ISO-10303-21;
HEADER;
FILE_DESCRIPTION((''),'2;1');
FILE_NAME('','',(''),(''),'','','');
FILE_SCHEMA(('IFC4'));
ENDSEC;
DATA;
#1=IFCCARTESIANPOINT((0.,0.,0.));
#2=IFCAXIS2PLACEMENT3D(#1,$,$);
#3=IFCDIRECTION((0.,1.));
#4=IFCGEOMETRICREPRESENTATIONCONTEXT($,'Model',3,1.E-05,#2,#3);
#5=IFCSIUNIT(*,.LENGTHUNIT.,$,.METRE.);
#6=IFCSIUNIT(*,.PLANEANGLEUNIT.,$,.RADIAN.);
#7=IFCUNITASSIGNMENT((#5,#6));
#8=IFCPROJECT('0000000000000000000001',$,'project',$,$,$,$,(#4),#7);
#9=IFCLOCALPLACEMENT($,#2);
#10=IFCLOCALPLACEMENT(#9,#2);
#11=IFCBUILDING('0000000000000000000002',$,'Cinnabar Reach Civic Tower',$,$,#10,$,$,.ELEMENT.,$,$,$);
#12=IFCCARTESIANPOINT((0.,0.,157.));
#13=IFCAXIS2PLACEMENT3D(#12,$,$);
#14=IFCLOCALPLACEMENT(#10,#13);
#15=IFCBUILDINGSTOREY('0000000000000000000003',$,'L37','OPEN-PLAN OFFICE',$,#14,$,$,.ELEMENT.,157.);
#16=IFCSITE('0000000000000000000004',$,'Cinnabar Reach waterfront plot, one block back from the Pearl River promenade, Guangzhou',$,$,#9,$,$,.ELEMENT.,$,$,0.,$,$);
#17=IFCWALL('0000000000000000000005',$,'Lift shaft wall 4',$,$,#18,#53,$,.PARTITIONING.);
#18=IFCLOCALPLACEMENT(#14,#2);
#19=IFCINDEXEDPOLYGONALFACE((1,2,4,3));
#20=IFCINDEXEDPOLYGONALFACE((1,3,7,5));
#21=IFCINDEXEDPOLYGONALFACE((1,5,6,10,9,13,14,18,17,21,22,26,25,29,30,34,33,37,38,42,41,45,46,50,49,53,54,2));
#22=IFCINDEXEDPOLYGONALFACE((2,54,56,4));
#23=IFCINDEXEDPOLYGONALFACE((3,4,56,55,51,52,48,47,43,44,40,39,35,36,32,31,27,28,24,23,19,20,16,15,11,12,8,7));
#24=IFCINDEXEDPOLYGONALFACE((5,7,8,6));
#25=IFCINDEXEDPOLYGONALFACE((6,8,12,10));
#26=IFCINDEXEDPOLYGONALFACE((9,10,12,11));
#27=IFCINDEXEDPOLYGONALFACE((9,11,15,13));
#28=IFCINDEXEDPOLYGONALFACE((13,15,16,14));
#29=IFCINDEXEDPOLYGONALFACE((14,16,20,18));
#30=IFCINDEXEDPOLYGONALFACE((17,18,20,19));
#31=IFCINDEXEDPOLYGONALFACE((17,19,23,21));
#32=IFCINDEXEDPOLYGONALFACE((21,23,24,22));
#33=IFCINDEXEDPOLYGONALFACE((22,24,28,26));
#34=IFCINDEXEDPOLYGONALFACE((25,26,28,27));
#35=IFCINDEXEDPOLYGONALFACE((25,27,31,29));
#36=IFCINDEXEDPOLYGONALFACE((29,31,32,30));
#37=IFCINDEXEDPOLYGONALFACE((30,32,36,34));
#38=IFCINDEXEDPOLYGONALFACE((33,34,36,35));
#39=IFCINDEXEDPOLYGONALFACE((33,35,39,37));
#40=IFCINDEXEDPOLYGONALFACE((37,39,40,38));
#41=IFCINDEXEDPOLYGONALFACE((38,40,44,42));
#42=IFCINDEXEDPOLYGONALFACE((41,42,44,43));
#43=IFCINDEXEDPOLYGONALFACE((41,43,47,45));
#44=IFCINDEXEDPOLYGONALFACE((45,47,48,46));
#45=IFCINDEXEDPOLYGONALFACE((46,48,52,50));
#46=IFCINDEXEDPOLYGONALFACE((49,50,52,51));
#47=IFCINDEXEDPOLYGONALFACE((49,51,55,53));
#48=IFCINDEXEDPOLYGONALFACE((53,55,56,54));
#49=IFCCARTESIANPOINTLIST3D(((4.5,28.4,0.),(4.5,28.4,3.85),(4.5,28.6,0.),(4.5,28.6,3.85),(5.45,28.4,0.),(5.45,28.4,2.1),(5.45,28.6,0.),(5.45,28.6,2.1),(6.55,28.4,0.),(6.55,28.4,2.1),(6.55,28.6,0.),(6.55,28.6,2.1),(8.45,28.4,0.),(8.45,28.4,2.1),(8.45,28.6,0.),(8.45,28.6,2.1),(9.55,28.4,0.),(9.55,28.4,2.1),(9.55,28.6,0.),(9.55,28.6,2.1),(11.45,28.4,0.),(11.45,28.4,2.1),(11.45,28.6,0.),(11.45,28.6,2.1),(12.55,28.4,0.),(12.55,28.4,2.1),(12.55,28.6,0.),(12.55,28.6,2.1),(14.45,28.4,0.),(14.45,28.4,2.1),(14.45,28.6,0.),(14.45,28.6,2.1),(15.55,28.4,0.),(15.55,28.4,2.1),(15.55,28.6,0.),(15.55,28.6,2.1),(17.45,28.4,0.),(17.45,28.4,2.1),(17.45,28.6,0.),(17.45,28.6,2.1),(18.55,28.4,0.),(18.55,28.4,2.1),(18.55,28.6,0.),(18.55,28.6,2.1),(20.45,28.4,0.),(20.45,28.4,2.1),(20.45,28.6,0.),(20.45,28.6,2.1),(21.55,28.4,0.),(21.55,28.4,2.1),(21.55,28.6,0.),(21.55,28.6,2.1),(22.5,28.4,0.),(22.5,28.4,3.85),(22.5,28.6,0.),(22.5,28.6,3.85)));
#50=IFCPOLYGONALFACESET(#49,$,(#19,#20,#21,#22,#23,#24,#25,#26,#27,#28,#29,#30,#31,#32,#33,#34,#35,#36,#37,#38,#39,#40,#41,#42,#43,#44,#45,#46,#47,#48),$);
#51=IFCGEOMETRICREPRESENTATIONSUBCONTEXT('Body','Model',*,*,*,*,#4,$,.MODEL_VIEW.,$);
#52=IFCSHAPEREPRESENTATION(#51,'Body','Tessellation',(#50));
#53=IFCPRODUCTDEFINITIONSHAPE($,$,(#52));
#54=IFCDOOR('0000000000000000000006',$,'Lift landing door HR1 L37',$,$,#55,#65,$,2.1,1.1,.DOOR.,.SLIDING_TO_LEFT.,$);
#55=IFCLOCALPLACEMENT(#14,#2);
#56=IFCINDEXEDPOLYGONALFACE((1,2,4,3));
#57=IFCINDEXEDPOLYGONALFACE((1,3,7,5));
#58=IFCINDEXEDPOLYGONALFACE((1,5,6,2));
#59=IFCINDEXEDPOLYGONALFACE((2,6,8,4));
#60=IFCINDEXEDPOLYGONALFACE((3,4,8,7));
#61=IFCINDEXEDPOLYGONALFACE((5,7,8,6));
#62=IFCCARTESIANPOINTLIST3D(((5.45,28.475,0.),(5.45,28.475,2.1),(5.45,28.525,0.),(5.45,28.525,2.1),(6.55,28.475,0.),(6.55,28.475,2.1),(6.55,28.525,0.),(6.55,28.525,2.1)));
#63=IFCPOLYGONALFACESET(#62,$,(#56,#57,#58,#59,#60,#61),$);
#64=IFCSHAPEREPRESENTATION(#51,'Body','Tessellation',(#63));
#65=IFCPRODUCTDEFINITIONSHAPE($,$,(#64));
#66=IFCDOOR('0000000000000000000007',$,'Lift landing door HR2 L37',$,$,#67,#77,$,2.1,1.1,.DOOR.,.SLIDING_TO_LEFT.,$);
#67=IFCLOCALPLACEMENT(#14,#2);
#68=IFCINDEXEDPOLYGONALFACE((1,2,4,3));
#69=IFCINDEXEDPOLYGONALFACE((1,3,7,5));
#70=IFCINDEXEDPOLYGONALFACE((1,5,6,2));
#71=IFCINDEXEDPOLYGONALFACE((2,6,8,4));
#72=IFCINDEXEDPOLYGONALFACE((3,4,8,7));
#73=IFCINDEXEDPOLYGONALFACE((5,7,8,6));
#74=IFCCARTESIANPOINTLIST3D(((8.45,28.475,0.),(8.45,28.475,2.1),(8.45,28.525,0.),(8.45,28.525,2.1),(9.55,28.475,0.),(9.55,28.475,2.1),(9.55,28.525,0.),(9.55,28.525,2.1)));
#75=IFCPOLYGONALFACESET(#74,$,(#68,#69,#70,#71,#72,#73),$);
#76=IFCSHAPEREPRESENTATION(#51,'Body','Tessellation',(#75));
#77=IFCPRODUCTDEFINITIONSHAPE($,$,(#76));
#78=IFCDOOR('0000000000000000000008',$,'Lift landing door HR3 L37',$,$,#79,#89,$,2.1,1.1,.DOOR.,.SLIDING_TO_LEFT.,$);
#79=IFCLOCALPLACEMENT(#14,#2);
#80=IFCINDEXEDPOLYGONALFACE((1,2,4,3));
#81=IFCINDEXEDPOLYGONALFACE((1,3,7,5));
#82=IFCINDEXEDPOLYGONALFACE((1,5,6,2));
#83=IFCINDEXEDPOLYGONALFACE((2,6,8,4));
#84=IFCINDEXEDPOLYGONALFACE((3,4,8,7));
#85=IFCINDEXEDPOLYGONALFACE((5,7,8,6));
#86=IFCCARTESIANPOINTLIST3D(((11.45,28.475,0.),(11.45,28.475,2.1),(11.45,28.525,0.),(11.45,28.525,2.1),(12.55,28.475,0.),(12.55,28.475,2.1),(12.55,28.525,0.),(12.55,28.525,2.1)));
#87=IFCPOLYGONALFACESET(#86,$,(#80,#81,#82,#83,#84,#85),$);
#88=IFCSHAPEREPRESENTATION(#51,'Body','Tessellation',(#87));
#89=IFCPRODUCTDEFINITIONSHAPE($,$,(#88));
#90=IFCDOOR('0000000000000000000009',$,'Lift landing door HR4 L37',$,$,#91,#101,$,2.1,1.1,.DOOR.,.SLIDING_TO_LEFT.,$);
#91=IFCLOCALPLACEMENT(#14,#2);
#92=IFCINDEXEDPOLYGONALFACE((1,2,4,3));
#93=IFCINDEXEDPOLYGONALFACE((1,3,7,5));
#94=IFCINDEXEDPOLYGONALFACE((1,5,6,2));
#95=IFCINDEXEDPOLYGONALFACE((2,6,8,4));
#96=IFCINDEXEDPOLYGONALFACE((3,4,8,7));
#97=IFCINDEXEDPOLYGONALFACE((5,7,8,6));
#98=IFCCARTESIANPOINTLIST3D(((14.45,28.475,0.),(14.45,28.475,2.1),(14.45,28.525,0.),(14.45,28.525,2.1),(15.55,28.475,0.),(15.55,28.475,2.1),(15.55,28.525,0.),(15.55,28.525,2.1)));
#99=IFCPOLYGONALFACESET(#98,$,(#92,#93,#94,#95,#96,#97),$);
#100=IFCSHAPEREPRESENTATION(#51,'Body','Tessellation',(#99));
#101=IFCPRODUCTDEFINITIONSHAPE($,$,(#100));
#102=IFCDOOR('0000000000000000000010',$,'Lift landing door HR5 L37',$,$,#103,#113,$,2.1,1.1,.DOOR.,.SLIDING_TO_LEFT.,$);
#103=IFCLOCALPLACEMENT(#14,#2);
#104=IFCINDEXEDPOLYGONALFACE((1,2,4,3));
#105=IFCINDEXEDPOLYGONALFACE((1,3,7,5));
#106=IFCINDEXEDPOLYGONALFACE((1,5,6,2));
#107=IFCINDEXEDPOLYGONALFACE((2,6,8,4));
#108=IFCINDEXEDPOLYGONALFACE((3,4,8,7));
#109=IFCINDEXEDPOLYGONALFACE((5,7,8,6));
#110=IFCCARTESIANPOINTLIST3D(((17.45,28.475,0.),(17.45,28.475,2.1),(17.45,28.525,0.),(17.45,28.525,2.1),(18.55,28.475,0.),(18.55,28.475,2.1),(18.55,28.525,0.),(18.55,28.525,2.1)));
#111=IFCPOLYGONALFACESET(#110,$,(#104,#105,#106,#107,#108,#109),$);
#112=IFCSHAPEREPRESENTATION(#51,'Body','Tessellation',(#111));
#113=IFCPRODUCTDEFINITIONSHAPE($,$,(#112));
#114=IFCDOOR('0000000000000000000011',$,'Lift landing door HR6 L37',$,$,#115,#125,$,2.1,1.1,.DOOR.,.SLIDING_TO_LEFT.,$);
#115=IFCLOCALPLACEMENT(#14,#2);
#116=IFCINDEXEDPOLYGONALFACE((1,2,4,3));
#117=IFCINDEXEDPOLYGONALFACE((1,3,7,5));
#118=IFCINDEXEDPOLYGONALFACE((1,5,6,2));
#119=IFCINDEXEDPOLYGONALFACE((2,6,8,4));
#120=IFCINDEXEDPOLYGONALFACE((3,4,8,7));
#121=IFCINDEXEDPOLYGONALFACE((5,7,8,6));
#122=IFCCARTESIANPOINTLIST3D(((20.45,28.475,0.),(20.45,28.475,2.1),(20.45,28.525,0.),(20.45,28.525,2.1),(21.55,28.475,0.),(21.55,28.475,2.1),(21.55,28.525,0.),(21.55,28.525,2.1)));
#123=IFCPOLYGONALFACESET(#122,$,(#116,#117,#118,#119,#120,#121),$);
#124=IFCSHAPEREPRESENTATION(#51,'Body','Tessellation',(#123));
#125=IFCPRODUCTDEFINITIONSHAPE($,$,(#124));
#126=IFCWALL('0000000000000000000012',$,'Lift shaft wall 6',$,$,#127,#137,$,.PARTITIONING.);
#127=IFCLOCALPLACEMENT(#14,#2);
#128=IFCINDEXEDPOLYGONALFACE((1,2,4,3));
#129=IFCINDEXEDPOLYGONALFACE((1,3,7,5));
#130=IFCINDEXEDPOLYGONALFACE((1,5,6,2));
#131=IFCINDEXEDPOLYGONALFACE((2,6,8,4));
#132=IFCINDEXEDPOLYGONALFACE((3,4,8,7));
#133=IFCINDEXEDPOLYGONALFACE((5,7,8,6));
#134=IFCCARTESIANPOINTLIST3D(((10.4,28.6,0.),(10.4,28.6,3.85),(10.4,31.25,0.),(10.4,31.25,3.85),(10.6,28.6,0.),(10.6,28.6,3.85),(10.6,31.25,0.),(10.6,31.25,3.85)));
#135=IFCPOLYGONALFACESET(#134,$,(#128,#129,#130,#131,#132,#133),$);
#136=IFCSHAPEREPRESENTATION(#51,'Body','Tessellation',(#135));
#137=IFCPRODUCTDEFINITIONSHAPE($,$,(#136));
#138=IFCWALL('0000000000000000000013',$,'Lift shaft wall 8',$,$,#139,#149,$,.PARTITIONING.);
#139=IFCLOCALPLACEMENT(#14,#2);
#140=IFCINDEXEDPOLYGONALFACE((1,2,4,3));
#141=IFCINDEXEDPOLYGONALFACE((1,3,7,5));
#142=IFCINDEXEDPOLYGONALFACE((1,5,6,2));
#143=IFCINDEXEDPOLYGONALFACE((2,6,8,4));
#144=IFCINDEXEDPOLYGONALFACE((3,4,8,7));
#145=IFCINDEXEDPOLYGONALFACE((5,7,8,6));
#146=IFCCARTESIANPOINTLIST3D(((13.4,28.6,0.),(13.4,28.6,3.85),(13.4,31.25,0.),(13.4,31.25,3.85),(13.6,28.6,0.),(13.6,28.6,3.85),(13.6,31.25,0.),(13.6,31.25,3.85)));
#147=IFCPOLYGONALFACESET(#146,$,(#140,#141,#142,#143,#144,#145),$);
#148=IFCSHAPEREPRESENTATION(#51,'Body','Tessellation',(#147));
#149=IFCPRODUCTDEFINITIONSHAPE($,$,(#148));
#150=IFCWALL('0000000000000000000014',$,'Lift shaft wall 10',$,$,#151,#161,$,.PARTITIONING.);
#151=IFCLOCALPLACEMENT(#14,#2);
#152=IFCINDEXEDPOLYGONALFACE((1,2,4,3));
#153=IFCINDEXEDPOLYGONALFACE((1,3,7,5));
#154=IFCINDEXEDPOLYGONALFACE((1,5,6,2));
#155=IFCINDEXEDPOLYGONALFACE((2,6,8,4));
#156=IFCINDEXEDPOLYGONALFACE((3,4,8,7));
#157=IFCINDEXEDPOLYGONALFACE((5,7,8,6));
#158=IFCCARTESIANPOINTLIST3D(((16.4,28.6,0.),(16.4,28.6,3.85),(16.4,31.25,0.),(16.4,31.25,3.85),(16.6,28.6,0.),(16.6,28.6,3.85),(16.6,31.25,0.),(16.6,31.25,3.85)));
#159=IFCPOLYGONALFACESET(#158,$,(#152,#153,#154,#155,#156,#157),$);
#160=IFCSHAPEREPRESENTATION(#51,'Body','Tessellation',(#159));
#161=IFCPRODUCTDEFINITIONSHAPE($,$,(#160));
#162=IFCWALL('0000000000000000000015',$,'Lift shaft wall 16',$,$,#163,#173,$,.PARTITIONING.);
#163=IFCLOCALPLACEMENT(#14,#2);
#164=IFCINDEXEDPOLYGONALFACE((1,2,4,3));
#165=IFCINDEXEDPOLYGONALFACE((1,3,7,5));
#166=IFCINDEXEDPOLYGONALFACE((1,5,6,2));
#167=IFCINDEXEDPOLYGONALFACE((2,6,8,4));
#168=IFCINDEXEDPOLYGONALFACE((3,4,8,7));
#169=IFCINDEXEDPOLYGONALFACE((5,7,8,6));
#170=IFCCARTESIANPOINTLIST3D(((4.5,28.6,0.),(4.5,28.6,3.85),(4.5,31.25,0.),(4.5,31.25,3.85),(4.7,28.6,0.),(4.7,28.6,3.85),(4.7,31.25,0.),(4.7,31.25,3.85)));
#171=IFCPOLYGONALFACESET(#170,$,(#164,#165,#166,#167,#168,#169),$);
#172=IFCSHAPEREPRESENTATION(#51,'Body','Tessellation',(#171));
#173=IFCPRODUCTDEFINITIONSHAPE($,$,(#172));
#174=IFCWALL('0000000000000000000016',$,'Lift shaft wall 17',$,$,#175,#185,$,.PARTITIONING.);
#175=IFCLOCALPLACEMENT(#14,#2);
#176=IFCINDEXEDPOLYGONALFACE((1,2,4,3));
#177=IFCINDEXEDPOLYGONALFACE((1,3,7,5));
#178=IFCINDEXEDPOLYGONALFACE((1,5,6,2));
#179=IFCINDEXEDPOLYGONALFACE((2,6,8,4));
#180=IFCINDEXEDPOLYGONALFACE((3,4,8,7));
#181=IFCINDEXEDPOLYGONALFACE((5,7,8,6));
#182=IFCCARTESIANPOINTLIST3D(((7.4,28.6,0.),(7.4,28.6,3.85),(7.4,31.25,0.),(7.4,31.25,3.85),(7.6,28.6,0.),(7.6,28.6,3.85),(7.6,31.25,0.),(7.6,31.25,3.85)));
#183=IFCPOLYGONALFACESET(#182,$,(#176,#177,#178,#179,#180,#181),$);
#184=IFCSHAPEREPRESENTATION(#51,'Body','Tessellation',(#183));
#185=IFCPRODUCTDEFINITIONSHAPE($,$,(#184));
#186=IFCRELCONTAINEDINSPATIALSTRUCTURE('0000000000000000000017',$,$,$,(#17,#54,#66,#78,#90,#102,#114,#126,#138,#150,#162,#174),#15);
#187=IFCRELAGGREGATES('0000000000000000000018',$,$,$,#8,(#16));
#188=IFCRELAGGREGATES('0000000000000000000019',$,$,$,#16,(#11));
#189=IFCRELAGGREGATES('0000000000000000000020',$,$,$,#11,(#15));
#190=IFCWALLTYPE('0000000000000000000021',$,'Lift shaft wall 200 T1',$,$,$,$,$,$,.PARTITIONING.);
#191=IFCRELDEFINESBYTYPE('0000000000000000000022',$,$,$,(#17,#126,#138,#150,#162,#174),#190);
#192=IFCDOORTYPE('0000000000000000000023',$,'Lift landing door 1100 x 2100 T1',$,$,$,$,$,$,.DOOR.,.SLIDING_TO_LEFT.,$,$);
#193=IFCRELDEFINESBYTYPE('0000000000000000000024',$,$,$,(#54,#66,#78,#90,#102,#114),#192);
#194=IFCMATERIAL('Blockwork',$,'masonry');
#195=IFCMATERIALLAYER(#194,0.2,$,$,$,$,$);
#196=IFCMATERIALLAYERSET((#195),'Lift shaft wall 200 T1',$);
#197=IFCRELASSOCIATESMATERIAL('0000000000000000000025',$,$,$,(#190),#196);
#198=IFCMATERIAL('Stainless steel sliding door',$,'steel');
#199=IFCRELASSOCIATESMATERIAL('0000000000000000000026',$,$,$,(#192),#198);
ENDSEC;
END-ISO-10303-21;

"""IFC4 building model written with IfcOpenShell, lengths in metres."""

from ifc_helpers import new_model, si_unit, direction, frame, frame_2d, origin, place, context, subcontext, project, spatial, rectangle, extrude, material, layer, layer_set, type_object, element, fill, save


model = new_model("IFC4")

# Units and contexts
model_context = context("Model", 3, precision=1e-05, world=origin(), true_north=direction((0.0, 1.0)))
body_context = subcontext(model_context, "Body", "Model", "MODEL_VIEW")
ifc_project = project(units=[si_unit("LENGTHUNIT", "METRE"), si_unit("PLANEANGLEUNIT", "RADIAN")], contexts=[model_context])

# Site, building, storey
site_placement = place(None, origin())
site = spatial("IfcSite", under=ifc_project, at=site_placement, Name="Cinnabar Reach waterfront plot, one block back from the Pearl River promenade, Guangzhou", CompositionType="ELEMENT", RefElevation=0.0)
building_placement = place(site_placement, origin())
building = spatial("IfcBuilding", under=site, at=building_placement, Name="Cinnabar Reach Civic Tower", CompositionType="ELEMENT")
storey_placement = place(building_placement, frame((0.0, 0.0, 157.0)))
storey = spatial("IfcBuildingStorey", under=building, at=storey_placement, Name="L37", Description="OPEN-PLAN OFFICE", CompositionType="ELEMENT", Elevation=157.0)

# Wall, openings, doors
ifc_material_1 = material(Name="Blockwork", Category="masonry")
ifc_layer_1 = layer(ifc_material_1, 0.2)
ifc_layer_set_1 = layer_set([ifc_layer_1], Name="Lift shaft wall 200 T1")
wall_type_1 = type_object("IfcWallType", Name="Lift shaft wall 200 T1", PredefinedType="PARTITIONING", material=ifc_layer_set_1)
wall_1_placement = place(storey_placement, frame((4.5, 28.5, 0.0), z_axis=(0.0, 0.0, 1.0), x_axis=(1.0, 0.0, 0.0)))
wall_1 = element("IfcWall", 1, at=wall_1_placement, inside=storey, type_object=wall_type_1, Name="Lift shaft wall 4", PredefinedType="PARTITIONING", context=body_context, shape_type="SweptSolid", body=[
    extrude(rectangle(XDim=18.0, YDim=0.2, at=frame_2d((9.0, 0.0))), origin(), (0.0, 0.0, 1.0), 3.85),
])
opening_1_placement = place(wall_1_placement, frame((0.95, 0.0, 0.0)))
opening_1 = element("IfcOpeningElement", 2, at=opening_1_placement, cuts=wall_1, PredefinedType="OPENING", context=body_context, shape_type="SweptSolid", body=[
    extrude(rectangle(XDim=1.1, YDim=2.1, at=frame_2d((0.55, 1.05))), frame((0.0, 0.11, 0.0), z_axis=(0.0, -1.0, 0.0), x_axis=(1.0, 0.0, 0.0)), (0.0, 0.0, 1.0), 0.22),
])
opening_2_placement = place(wall_1_placement, frame((3.95, 0.0, 0.0)))
opening_2 = element("IfcOpeningElement", 3, at=opening_2_placement, cuts=wall_1, PredefinedType="OPENING", context=body_context, shape_type="SweptSolid", body=[
    extrude(rectangle(XDim=1.1, YDim=2.1, at=frame_2d((0.55, 1.05))), frame((0.0, 0.11, 0.0), z_axis=(0.0, -1.0, 0.0), x_axis=(1.0, 0.0, 0.0)), (0.0, 0.0, 1.0), 0.22),
])
opening_3_placement = place(wall_1_placement, frame((6.95, 0.0, 0.0)))
opening_3 = element("IfcOpeningElement", 4, at=opening_3_placement, cuts=wall_1, PredefinedType="OPENING", context=body_context, shape_type="SweptSolid", body=[
    extrude(rectangle(XDim=1.1, YDim=2.1, at=frame_2d((0.55, 1.05))), frame((0.0, 0.11, 0.0), z_axis=(0.0, -1.0, 0.0), x_axis=(1.0, 0.0, 0.0)), (0.0, 0.0, 1.0), 0.22),
])
opening_4_placement = place(wall_1_placement, frame((9.95, 0.0, 0.0)))
opening_4 = element("IfcOpeningElement", 5, at=opening_4_placement, cuts=wall_1, PredefinedType="OPENING", context=body_context, shape_type="SweptSolid", body=[
    extrude(rectangle(XDim=1.1, YDim=2.1, at=frame_2d((0.55, 1.05))), frame((0.0, 0.11, 0.0), z_axis=(0.0, -1.0, 0.0), x_axis=(1.0, 0.0, 0.0)), (0.0, 0.0, 1.0), 0.22),
])
opening_5_placement = place(wall_1_placement, frame((12.95, 0.0, 0.0)))
opening_5 = element("IfcOpeningElement", 6, at=opening_5_placement, cuts=wall_1, PredefinedType="OPENING", context=body_context, shape_type="SweptSolid", body=[
    extrude(rectangle(XDim=1.1, YDim=2.1, at=frame_2d((0.55, 1.05))), frame((0.0, 0.11, 0.0), z_axis=(0.0, -1.0, 0.0), x_axis=(1.0, 0.0, 0.0)), (0.0, 0.0, 1.0), 0.22),
])
opening_6_placement = place(wall_1_placement, frame((15.95, 0.0, 0.0)))
opening_6 = element("IfcOpeningElement", 7, at=opening_6_placement, cuts=wall_1, PredefinedType="OPENING", context=body_context, shape_type="SweptSolid", body=[
    extrude(rectangle(XDim=1.1, YDim=2.1, at=frame_2d((0.55, 1.05))), frame((0.0, 0.11, 0.0), z_axis=(0.0, -1.0, 0.0), x_axis=(1.0, 0.0, 0.0)), (0.0, 0.0, 1.0), 0.22),
])
ifc_material_2 = material(Name="Stainless steel sliding door", Category="steel")
door_type_1 = type_object("IfcDoorType", Name="Lift landing door 1100 x 2100 T1", OperationType="SLIDING_TO_LEFT", PredefinedType="DOOR", material=ifc_material_2)
door_1_placement = place(opening_1_placement, origin())
door_1 = element("IfcDoor", 8, at=door_1_placement, inside=storey, type_object=door_type_1, Name="Lift landing door HR1 L37", OperationType="SLIDING_TO_LEFT", OverallHeight=2.1, OverallWidth=1.1, PredefinedType="DOOR", context=body_context, shape_type="SweptSolid", body=[
    extrude(rectangle(XDim=1.1, YDim=2.1, at=frame_2d((0.55, 1.05))), frame((0.0, 0.025, 0.0), z_axis=(0.0, -1.0, 0.0), x_axis=(1.0, 0.0, 0.0)), (0.0, 0.0, 1.0), 0.05),
])
fill(opening_1, door_1)
door_2_placement = place(opening_2_placement, origin())
door_2 = element("IfcDoor", 9, at=door_2_placement, inside=storey, type_object=door_type_1, Name="Lift landing door HR2 L37", OperationType="SLIDING_TO_LEFT", OverallHeight=2.1, OverallWidth=1.1, PredefinedType="DOOR", context=body_context, shape_type="SweptSolid", body=[
    extrude(rectangle(XDim=1.1, YDim=2.1, at=frame_2d((0.55, 1.05))), frame((0.0, 0.025, 0.0), z_axis=(0.0, -1.0, 0.0), x_axis=(1.0, 0.0, 0.0)), (0.0, 0.0, 1.0), 0.05),
])
fill(opening_2, door_2)
door_3_placement = place(opening_3_placement, origin())
door_3 = element("IfcDoor", 10, at=door_3_placement, inside=storey, type_object=door_type_1, Name="Lift landing door HR3 L37", OperationType="SLIDING_TO_LEFT", OverallHeight=2.1, OverallWidth=1.1, PredefinedType="DOOR", context=body_context, shape_type="SweptSolid", body=[
    extrude(rectangle(XDim=1.1, YDim=2.1, at=frame_2d((0.55, 1.05))), frame((0.0, 0.025, 0.0), z_axis=(0.0, -1.0, 0.0), x_axis=(1.0, 0.0, 0.0)), (0.0, 0.0, 1.0), 0.05),
])
fill(opening_3, door_3)
door_4_placement = place(opening_4_placement, origin())
door_4 = element("IfcDoor", 11, at=door_4_placement, inside=storey, type_object=door_type_1, Name="Lift landing door HR4 L37", OperationType="SLIDING_TO_LEFT", OverallHeight=2.1, OverallWidth=1.1, PredefinedType="DOOR", context=body_context, shape_type="SweptSolid", body=[
    extrude(rectangle(XDim=1.1, YDim=2.1, at=frame_2d((0.55, 1.05))), frame((0.0, 0.025, 0.0), z_axis=(0.0, -1.0, 0.0), x_axis=(1.0, 0.0, 0.0)), (0.0, 0.0, 1.0), 0.05),
])
fill(opening_4, door_4)
door_5_placement = place(opening_5_placement, origin())
door_5 = element("IfcDoor", 12, at=door_5_placement, inside=storey, type_object=door_type_1, Name="Lift landing door HR5 L37", OperationType="SLIDING_TO_LEFT", OverallHeight=2.1, OverallWidth=1.1, PredefinedType="DOOR", context=body_context, shape_type="SweptSolid", body=[
    extrude(rectangle(XDim=1.1, YDim=2.1, at=frame_2d((0.55, 1.05))), frame((0.0, 0.025, 0.0), z_axis=(0.0, -1.0, 0.0), x_axis=(1.0, 0.0, 0.0)), (0.0, 0.0, 1.0), 0.05),
])
fill(opening_5, door_5)
door_6_placement = place(opening_6_placement, origin())
door_6 = element("IfcDoor", 13, at=door_6_placement, inside=storey, type_object=door_type_1, Name="Lift landing door HR6 L37", OperationType="SLIDING_TO_LEFT", OverallHeight=2.1, OverallWidth=1.1, PredefinedType="DOOR", context=body_context, shape_type="SweptSolid", body=[
    extrude(rectangle(XDim=1.1, YDim=2.1, at=frame_2d((0.55, 1.05))), frame((0.0, 0.025, 0.0), z_axis=(0.0, -1.0, 0.0), x_axis=(1.0, 0.0, 0.0)), (0.0, 0.0, 1.0), 0.05),
])
fill(opening_6, door_6)

# Walls
for number, where, z_axis, x_axis, name in (
    (14, (10.5, 28.6, 0.0), (0.0, 0.0, 1.0), (0.0, 1.0, 0.0), "Lift shaft wall 6"),
    (15, (13.5, 28.6, 0.0), (0.0, 0.0, 1.0), (0.0, 1.0, 0.0), "Lift shaft wall 8"),
    (16, (16.5, 28.6, 0.0), (0.0, 0.0, 1.0), (0.0, 1.0, 0.0), "Lift shaft wall 10"),
    (17, (4.6, 28.6, 0.0), (0.0, 0.0, 1.0), (0.0, 1.0, 0.0), "Lift shaft wall 16"),
    (18, (7.5, 28.6, 0.0), (0.0, 0.0, 1.0), (0.0, 1.0, 0.0), "Lift shaft wall 17"),
):
    element("IfcWall", number, at=place(storey_placement, frame(where, z_axis=z_axis, x_axis=x_axis)), inside=storey, type_object=wall_type_1, Name=name, PredefinedType="PARTITIONING", context=body_context, shape_type="SweptSolid", body=[
        extrude(rectangle(XDim=2.65, YDim=0.2, at=frame_2d((1.325, 0.0))), origin(), (0.0, 0.0, 1.0), 3.85),
    ])

save(model, "model.ifc")
